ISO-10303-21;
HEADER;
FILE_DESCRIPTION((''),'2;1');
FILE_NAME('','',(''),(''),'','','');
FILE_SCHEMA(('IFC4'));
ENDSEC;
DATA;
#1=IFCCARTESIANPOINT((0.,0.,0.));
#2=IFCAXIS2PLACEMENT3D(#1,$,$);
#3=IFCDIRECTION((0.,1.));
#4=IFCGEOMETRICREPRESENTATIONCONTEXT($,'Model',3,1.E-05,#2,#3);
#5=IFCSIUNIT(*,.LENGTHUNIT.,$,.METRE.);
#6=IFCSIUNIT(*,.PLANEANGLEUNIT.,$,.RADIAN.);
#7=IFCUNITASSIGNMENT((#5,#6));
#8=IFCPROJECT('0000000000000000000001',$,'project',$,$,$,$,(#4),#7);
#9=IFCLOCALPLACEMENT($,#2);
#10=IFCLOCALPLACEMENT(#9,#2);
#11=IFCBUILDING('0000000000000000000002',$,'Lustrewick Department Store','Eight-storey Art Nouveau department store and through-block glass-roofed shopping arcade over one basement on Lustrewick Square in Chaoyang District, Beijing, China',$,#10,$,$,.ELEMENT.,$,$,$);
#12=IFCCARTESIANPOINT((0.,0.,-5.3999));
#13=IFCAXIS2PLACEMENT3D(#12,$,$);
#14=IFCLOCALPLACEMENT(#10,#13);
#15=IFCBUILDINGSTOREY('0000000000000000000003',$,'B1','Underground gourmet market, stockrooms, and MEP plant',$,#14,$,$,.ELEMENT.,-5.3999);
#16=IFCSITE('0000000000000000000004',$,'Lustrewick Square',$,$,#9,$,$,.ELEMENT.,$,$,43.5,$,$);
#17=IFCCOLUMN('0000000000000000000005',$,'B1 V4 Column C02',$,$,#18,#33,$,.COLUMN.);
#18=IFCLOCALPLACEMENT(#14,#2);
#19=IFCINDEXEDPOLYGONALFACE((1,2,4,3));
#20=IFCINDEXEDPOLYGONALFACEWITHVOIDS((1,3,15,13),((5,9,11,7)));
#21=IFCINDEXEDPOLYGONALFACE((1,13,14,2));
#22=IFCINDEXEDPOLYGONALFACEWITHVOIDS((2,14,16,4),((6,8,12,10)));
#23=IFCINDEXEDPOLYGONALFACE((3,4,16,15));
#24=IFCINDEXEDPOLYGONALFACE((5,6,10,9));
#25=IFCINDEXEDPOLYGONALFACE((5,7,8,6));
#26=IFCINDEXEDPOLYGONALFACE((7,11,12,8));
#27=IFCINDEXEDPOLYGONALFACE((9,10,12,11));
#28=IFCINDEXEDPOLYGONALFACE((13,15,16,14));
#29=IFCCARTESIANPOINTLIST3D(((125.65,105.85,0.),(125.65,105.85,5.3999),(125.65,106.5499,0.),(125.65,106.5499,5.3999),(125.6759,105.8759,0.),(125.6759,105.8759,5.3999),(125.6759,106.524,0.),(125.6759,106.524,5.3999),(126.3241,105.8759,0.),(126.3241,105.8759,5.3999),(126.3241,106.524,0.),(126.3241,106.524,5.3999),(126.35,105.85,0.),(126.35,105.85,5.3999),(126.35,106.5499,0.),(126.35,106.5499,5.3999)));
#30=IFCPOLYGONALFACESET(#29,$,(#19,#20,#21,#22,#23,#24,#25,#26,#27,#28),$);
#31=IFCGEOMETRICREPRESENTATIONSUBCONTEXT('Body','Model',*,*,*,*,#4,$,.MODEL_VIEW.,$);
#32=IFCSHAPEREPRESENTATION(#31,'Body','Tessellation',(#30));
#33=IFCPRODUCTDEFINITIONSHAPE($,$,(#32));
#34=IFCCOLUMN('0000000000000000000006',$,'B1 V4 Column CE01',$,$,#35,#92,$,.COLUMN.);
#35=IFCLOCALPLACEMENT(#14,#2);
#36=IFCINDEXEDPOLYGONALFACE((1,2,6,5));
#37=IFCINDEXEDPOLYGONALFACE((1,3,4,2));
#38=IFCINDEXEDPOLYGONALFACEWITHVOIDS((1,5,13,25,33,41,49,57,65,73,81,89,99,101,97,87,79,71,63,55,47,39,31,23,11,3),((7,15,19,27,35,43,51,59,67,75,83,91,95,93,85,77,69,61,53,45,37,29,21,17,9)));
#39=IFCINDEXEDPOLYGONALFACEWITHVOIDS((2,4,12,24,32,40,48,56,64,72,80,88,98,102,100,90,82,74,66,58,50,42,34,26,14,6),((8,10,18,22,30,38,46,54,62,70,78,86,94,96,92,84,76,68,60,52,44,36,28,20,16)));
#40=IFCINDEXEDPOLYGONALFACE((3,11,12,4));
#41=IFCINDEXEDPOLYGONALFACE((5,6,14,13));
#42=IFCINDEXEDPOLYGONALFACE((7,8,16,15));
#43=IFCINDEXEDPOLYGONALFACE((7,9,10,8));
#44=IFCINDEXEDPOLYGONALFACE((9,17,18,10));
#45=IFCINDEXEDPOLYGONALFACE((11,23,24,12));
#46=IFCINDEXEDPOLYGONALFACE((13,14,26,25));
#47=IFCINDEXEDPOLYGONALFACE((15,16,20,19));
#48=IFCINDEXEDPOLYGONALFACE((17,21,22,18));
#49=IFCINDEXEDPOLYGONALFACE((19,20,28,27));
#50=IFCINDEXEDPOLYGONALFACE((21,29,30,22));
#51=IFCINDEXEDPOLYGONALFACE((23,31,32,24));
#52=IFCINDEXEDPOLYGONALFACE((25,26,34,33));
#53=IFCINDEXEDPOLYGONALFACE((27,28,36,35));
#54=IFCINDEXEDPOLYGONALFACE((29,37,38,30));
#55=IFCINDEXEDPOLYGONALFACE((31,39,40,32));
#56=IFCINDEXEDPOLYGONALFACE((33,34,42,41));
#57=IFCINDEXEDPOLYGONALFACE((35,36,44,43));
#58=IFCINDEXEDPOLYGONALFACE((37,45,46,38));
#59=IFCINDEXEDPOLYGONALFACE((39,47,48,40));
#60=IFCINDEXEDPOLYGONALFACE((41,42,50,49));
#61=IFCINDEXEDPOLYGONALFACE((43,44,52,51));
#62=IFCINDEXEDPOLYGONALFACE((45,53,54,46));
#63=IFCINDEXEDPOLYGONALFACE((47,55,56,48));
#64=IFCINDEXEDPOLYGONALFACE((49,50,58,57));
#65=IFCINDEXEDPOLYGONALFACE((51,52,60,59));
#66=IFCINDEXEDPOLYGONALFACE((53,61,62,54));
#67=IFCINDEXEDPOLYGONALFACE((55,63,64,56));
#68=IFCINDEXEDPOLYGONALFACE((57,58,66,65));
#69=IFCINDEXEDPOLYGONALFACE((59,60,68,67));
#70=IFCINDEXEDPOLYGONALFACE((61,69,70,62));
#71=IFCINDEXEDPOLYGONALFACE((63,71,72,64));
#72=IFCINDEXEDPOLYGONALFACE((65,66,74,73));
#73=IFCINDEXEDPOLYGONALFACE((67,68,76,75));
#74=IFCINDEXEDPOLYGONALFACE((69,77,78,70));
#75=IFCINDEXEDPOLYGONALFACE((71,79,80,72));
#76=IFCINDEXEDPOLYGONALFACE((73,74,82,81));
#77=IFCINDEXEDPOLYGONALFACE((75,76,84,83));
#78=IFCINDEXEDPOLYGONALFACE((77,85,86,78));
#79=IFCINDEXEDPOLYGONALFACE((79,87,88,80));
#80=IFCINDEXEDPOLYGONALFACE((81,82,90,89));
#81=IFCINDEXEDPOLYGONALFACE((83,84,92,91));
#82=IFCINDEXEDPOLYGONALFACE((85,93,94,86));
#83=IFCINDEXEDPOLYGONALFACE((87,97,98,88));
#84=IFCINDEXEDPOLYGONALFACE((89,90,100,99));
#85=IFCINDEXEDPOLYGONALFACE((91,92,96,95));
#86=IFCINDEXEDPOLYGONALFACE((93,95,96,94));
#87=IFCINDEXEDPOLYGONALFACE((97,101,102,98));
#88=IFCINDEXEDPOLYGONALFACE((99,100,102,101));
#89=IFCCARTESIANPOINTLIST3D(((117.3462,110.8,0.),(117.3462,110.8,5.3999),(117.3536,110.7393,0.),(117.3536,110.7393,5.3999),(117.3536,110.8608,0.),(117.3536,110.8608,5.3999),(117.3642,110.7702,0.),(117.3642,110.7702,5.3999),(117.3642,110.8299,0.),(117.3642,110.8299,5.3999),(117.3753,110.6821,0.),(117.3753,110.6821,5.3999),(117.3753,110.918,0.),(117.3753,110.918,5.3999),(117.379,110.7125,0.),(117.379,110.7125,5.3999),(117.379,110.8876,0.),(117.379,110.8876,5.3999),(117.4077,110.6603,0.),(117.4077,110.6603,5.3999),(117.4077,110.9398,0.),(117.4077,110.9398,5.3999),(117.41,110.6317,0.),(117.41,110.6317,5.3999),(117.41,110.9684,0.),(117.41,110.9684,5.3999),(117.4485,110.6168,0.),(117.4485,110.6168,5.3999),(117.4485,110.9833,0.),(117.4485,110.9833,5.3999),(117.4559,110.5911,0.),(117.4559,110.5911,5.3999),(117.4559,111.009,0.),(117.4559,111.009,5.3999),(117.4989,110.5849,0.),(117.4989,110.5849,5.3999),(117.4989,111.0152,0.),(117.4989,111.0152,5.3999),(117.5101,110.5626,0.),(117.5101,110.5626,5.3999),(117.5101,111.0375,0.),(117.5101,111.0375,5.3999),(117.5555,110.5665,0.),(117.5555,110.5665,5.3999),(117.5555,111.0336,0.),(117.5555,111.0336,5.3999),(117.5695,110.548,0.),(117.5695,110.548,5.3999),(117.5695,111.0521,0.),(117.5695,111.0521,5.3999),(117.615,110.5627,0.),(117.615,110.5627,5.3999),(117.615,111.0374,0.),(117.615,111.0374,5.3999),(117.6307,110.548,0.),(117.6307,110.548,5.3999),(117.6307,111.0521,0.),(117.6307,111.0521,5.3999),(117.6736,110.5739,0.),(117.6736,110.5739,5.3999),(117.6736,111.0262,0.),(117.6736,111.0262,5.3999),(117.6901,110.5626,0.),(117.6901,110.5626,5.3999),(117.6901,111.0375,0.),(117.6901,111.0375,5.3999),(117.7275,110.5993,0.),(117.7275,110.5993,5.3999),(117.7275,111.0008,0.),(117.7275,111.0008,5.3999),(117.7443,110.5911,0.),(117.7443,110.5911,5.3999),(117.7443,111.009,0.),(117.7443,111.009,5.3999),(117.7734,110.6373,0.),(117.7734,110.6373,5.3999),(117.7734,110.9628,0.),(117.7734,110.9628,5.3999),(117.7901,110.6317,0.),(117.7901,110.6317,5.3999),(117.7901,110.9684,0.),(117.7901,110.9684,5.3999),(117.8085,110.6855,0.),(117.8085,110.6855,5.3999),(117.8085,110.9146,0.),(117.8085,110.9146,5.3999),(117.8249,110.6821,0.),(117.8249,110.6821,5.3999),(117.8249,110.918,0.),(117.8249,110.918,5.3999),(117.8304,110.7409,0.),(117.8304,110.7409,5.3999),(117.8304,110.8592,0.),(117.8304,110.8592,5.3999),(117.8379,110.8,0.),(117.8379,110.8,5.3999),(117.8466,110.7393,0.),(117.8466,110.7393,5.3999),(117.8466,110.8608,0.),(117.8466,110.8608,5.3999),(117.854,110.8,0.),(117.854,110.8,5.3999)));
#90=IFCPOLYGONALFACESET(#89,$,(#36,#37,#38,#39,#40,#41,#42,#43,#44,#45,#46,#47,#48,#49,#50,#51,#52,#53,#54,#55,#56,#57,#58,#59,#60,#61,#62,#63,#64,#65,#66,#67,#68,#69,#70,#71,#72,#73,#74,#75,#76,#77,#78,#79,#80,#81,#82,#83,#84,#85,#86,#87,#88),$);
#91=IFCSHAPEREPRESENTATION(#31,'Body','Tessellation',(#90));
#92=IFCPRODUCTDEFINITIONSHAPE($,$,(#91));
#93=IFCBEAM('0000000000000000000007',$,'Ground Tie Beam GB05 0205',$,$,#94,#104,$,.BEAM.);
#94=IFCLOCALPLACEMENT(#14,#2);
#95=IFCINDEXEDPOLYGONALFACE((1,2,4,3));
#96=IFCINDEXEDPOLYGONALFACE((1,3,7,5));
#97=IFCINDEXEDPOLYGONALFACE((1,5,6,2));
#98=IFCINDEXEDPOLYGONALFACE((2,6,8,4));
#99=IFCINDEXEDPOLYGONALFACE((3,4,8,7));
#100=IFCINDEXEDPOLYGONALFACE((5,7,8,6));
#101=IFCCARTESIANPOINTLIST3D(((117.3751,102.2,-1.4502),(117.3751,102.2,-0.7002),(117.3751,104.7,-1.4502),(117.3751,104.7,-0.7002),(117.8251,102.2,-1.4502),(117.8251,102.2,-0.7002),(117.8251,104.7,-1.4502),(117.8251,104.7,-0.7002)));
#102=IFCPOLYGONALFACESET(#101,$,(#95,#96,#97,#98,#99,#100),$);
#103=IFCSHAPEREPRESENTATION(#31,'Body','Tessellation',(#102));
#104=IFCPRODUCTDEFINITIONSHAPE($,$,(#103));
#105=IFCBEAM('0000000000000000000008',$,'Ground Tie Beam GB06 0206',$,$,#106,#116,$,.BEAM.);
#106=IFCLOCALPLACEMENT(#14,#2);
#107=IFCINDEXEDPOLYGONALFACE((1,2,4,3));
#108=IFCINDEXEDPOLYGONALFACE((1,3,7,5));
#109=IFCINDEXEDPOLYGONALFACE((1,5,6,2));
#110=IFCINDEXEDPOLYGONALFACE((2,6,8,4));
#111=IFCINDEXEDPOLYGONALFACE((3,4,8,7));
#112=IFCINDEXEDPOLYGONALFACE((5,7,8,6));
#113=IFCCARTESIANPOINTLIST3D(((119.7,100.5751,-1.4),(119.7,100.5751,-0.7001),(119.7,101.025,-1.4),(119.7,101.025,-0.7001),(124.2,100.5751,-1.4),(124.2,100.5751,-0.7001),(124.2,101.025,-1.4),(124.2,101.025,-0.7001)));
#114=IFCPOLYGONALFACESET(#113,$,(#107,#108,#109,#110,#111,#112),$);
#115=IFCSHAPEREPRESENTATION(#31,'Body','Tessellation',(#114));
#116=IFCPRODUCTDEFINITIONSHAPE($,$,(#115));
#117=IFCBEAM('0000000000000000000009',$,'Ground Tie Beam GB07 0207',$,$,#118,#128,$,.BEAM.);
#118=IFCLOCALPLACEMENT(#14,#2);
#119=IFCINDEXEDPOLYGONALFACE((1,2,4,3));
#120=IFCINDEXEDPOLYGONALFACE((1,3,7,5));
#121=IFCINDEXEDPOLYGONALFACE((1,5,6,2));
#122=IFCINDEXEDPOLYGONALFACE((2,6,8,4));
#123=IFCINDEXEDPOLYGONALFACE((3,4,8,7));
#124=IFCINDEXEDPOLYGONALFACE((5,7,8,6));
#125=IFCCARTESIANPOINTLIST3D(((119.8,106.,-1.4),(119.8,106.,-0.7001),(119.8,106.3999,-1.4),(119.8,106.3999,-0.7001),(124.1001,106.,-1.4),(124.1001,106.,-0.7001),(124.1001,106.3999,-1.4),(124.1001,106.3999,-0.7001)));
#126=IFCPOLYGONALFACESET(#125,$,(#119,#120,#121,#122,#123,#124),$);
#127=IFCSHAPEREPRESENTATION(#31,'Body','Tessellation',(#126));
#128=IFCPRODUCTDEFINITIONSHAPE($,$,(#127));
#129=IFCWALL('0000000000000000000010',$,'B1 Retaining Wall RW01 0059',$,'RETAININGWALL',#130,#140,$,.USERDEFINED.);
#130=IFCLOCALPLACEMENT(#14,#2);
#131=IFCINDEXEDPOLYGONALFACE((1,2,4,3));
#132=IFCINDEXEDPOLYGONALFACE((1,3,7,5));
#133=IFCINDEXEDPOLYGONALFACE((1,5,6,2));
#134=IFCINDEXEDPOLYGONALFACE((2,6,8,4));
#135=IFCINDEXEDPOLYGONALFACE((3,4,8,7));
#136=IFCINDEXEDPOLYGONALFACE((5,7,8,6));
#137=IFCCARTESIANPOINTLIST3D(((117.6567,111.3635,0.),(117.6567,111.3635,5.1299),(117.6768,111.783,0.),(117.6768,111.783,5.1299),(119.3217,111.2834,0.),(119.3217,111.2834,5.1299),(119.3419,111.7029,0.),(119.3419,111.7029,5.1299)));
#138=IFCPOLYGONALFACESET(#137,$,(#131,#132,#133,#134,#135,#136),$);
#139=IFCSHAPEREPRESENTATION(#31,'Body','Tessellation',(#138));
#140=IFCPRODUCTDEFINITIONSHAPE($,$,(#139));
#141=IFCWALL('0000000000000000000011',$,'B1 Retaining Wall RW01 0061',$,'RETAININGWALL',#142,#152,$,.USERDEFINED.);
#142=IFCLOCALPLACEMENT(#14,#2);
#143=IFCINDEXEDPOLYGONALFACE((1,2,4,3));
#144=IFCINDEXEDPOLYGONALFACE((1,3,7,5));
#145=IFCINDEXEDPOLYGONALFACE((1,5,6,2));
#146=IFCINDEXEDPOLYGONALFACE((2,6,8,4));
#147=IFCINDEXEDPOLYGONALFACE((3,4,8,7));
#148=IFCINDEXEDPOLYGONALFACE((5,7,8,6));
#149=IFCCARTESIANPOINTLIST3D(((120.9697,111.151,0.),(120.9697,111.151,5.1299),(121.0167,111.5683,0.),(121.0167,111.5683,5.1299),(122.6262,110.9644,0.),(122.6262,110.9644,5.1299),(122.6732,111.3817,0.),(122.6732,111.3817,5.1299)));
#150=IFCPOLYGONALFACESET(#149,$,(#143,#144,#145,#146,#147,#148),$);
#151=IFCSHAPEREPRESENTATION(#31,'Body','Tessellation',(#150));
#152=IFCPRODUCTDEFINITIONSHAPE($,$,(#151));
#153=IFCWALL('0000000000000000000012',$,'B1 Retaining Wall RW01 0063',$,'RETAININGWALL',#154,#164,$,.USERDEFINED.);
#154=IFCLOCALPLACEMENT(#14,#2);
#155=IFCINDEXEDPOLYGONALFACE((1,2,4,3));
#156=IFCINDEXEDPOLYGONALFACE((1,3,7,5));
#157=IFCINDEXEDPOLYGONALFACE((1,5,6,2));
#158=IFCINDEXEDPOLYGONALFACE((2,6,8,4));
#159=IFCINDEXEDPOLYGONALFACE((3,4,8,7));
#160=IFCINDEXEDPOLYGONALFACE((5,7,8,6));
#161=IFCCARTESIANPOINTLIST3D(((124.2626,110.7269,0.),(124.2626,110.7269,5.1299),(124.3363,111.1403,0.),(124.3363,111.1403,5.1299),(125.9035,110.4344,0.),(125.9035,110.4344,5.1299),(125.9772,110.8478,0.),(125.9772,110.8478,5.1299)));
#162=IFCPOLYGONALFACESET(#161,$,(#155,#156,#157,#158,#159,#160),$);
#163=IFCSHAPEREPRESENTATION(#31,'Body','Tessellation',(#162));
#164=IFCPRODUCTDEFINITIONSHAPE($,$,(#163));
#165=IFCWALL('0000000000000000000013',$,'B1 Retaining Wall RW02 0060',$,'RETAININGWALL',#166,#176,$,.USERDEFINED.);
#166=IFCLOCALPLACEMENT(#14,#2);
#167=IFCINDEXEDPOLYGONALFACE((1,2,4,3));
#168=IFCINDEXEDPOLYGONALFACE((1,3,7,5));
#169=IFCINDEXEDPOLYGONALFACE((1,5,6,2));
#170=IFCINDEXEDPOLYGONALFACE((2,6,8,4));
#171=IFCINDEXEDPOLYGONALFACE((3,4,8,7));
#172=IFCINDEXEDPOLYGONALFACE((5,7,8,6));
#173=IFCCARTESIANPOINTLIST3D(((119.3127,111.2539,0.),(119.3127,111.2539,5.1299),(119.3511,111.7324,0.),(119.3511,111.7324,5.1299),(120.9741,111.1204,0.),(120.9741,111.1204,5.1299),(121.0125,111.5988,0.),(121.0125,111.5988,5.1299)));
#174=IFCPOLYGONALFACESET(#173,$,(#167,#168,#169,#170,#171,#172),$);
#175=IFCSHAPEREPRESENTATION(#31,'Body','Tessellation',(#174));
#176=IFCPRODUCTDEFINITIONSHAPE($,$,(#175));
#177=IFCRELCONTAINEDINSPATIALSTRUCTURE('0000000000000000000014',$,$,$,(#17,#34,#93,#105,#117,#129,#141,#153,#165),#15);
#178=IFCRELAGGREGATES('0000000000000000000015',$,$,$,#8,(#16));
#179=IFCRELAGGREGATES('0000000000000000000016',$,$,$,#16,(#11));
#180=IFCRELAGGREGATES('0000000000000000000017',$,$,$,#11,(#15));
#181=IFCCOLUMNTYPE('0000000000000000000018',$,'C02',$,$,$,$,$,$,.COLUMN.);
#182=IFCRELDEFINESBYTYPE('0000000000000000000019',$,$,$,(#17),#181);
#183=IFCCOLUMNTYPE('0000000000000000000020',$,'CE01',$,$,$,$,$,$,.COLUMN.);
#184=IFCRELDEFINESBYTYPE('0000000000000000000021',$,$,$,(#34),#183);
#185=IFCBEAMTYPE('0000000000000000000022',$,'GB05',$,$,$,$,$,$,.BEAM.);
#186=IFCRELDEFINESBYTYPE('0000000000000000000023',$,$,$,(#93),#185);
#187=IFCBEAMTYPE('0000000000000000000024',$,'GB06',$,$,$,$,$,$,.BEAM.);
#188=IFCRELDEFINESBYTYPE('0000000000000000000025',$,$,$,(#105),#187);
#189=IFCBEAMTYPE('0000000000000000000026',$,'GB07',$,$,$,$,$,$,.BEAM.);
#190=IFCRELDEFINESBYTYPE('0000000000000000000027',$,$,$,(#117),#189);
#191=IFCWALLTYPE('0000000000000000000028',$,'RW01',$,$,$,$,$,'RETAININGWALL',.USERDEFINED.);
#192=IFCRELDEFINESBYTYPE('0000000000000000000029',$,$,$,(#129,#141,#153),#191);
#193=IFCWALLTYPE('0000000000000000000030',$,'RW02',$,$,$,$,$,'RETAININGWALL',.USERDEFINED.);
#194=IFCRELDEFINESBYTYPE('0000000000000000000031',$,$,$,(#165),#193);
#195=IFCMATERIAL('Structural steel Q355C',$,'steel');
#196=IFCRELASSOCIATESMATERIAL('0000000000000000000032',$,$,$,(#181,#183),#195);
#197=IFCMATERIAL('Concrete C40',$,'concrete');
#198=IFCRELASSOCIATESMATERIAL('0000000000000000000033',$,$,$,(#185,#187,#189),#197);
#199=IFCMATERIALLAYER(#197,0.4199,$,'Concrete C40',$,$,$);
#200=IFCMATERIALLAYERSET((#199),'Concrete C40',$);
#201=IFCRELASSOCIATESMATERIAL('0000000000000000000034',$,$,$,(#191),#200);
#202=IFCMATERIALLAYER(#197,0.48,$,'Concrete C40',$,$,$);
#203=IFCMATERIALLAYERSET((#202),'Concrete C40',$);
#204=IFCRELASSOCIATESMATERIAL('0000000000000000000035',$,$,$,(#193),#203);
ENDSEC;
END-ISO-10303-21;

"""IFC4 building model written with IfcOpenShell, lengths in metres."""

from ifc_helpers import new_model, si_unit, direction, frame, frame_2d, origin, origin_2d, place, context, subcontext, project, spatial, rectangle, hollow_rectangle, hollow_circle, extrude, material, layer, layer_set, material_profile, profile_set, type_object, element, save


model = new_model("IFC4")

# Units and contexts
model_context = context("Model", 3, precision=1e-05, world=origin(), true_north=direction((0.0, 1.0)))
body_context = subcontext(model_context, "Body", "Model", "MODEL_VIEW")
ifc_project = project(units=[si_unit("LENGTHUNIT", "METRE"), si_unit("PLANEANGLEUNIT", "RADIAN")], contexts=[model_context])

# Site, building, storey
site_placement = place(None, origin())
site = spatial("IfcSite", under=ifc_project, at=site_placement, Name="Lustrewick Square", CompositionType="ELEMENT", RefElevation=43.5)
building_placement = place(site_placement, origin())
building = spatial("IfcBuilding", under=site, at=building_placement, Name="Lustrewick Department Store", Description="Eight-storey Art Nouveau department store and through-block glass-roofed shopping arcade over one basement on Lustrewick Square in Chaoyang District, Beijing, China", CompositionType="ELEMENT")
storey_placement = place(building_placement, frame((0.0, 0.0, -5.3999)))
storey = spatial("IfcBuildingStorey", under=building, at=storey_placement, Name="B1", Description="Underground gourmet market, stockrooms, and MEP plant", CompositionType="ELEMENT", Elevation=-5.3999)

# Shared definitions
ifc_material_1 = material(Name="Concrete C40", Category="concrete")

# Columns
ifc_material_2 = material(Name="Structural steel Q355C", Category="steel")
ifc_material_profile_1 = material_profile(ifc_material_2, hollow_rectangle(XDim=0.7, YDim=0.7, WallThickness=0.0259, at=origin_2d()), Name="BOX 700x700x26")
ifc_profile_set_1 = profile_set([ifc_material_profile_1], Name="Structural steel Q355C")
column_type_1 = type_object("IfcColumnType", Name="C02", PredefinedType="COLUMN", material=ifc_profile_set_1)
for number, where, z_axis, x_axis, name in (
    (1, (126.0, 106.2, 0.0), (0.0, 0.0, 1.0), (1.0, 0.0, 0.0), "B1 V4 Column C02"),
):
    element("IfcColumn", number, at=place(storey_placement, frame(where, z_axis=z_axis, x_axis=x_axis)), inside=storey, type_object=column_type_1, Name=name, PredefinedType="COLUMN", context=body_context, shape_type="SweptSolid", body=[
        extrude(hollow_rectangle(XDim=0.7, YDim=0.7, WallThickness=0.0259, at=origin_2d()), origin(), (0.0, 0.0, 1.0), 5.3999),
    ])
ifc_material_profile_2 = material_profile(ifc_material_2, hollow_circle(Radius=0.2539, WallThickness=0.0161, at=origin_2d()), Name="CHS 508x16")
ifc_profile_set_2 = profile_set([ifc_material_profile_2], Name="Structural steel Q355C")
column_type_2 = type_object("IfcColumnType", Name="CE01", PredefinedType="COLUMN", material=ifc_profile_set_2)
column_1_placement = place(storey_placement, frame((117.6001, 110.8, 0.0), z_axis=(0.0, 0.0, 1.0), x_axis=(1.0, 0.0, 0.0)))
element("IfcColumn", 2, at=column_1_placement, inside=storey, type_object=column_type_2, Name="B1 V4 Column CE01", PredefinedType="COLUMN", context=body_context, shape_type="SweptSolid", body=[
    extrude(hollow_circle(Radius=0.2539, WallThickness=0.0161, at=origin_2d()), origin(), (0.0, 0.0, 1.0), 5.3999),
])

# Beams
ifc_material_profile_3 = material_profile(ifc_material_1, rectangle(XDim=0.45, YDim=0.75, at=origin_2d()), Name="RC 450x750")
ifc_profile_set_3 = profile_set([ifc_material_profile_3], Name="Concrete C40")
beam_type_1 = type_object("IfcBeamType", Name="GB05", PredefinedType="BEAM", material=ifc_profile_set_3)
beam_1_placement = place(storey_placement, frame((117.6001, 102.2, -1.0752), z_axis=(0.0, 1.0, 0.0), x_axis=(-1.0, 0.0, 0.0)))
element("IfcBeam", 3, at=beam_1_placement, inside=storey, type_object=beam_type_1, Name="Ground Tie Beam GB05 0205", PredefinedType="BEAM", context=body_context, shape_type="SweptSolid", body=[
    extrude(rectangle(XDim=0.45, YDim=0.75, at=origin_2d()), origin(), (0.0, 0.0, 1.0), 2.5),
])
ifc_material_profile_4 = material_profile(ifc_material_1, rectangle(XDim=0.45, YDim=0.7, at=origin_2d()), Name="RC 450x700")
ifc_profile_set_4 = profile_set([ifc_material_profile_4], Name="Concrete C40")
beam_type_2 = type_object("IfcBeamType", Name="GB06", PredefinedType="BEAM", material=ifc_profile_set_4)
beam_2_placement = place(storey_placement, frame((119.7, 100.8, -1.05), z_axis=(1.0, 0.0, 0.0), x_axis=(0.0, 1.0, 0.0)))
element("IfcBeam", 4, at=beam_2_placement, inside=storey, type_object=beam_type_2, Name="Ground Tie Beam GB06 0206", PredefinedType="BEAM", context=body_context, shape_type="SweptSolid", body=[
    extrude(rectangle(XDim=0.45, YDim=0.7, at=origin_2d()), origin(), (0.0, 0.0, 1.0), 4.5),
])
ifc_material_profile_5 = material_profile(ifc_material_1, rectangle(XDim=0.3999, YDim=0.7, at=origin_2d()), Name="RC 400x700")
ifc_profile_set_5 = profile_set([ifc_material_profile_5], Name="Concrete C40")
beam_type_3 = type_object("IfcBeamType", Name="GB07", PredefinedType="BEAM", material=ifc_profile_set_5)
beam_3_placement = place(storey_placement, frame((119.8, 106.2, -1.05), z_axis=(1.0, 0.0, 0.0), x_axis=(0.0, 1.0, 0.0)))
element("IfcBeam", 5, at=beam_3_placement, inside=storey, type_object=beam_type_3, Name="Ground Tie Beam GB07 0207", PredefinedType="BEAM", context=body_context, shape_type="SweptSolid", body=[
    extrude(rectangle(XDim=0.3999, YDim=0.7, at=origin_2d()), origin(), (0.0, 0.0, 1.0), 4.3),
])

# Walls
ifc_layer_1 = layer(ifc_material_1, 0.4199, Name="Concrete C40")
ifc_layer_set_1 = layer_set([ifc_layer_1], Name="Concrete C40")
wall_type_1 = type_object("IfcWallType", Name="RW01", ElementType="RETAININGWALL", PredefinedType="USERDEFINED", material=ifc_layer_set_1)
for number, where, z_axis, x_axis, name in (
    (6, (117.6667, 111.5732, 0.0), (0.0, 0.0, 1.0), (0.998845, -0.048038, 0.0), "B1 Retaining Wall RW01 0059"),
    (7, (120.9932, 111.3596, 0.0), (0.0, 0.0, 1.0), (0.99372, -0.111894, 0.0), "B1 Retaining Wall RW01 0061"),
):
    element("IfcWall", number, at=place(storey_placement, frame(where, z_axis=z_axis, x_axis=x_axis)), inside=storey, type_object=wall_type_1, Name=name, ObjectType="RETAININGWALL", PredefinedType="USERDEFINED", context=body_context, shape_type="SweptSolid", body=[
        extrude(rectangle(XDim=1.667, YDim=0.4199, at=frame_2d((0.8335, 0.0))), origin(), (0.0, 0.0, 1.0), 5.1299),
    ])
wall_1_placement = place(storey_placement, frame((124.2993, 110.9336, 0.0), z_axis=(0.0, 0.0, 1.0), x_axis=(0.984483, -0.175481, 0.0)))
element("IfcWall", 8, at=wall_1_placement, inside=storey, type_object=wall_type_1, Name="B1 Retaining Wall RW01 0063", ObjectType="RETAININGWALL", PredefinedType="USERDEFINED", context=body_context, shape_type="SweptSolid", body=[
    extrude(rectangle(XDim=1.6667, YDim=0.4199, at=frame_2d((0.8335, 0.0))), origin(), (0.0, 0.0, 1.0), 5.1299),
])
ifc_layer_2 = layer(ifc_material_1, 0.48, Name="Concrete C40")
ifc_layer_set_2 = layer_set([ifc_layer_2], Name="Concrete C40")
wall_type_2 = type_object("IfcWallType", Name="RW02", ElementType="RETAININGWALL", PredefinedType="USERDEFINED", material=ifc_layer_set_2)
wall_2_placement = place(storey_placement, frame((119.3318, 111.4932, 0.0), z_axis=(0.0, 0.0, 1.0), x_axis=(0.996785, -0.080124, 0.0)))
element("IfcWall", 9, at=wall_2_placement, inside=storey, type_object=wall_type_2, Name="B1 Retaining Wall RW02 0060", ObjectType="RETAININGWALL", PredefinedType="USERDEFINED", context=body_context, shape_type="SweptSolid", body=[
    extrude(rectangle(XDim=1.6667, YDim=0.48, at=frame_2d((0.8335, 0.0))), origin(), (0.0, 0.0, 1.0), 5.1299),
])

save(model, "model.ifc")
